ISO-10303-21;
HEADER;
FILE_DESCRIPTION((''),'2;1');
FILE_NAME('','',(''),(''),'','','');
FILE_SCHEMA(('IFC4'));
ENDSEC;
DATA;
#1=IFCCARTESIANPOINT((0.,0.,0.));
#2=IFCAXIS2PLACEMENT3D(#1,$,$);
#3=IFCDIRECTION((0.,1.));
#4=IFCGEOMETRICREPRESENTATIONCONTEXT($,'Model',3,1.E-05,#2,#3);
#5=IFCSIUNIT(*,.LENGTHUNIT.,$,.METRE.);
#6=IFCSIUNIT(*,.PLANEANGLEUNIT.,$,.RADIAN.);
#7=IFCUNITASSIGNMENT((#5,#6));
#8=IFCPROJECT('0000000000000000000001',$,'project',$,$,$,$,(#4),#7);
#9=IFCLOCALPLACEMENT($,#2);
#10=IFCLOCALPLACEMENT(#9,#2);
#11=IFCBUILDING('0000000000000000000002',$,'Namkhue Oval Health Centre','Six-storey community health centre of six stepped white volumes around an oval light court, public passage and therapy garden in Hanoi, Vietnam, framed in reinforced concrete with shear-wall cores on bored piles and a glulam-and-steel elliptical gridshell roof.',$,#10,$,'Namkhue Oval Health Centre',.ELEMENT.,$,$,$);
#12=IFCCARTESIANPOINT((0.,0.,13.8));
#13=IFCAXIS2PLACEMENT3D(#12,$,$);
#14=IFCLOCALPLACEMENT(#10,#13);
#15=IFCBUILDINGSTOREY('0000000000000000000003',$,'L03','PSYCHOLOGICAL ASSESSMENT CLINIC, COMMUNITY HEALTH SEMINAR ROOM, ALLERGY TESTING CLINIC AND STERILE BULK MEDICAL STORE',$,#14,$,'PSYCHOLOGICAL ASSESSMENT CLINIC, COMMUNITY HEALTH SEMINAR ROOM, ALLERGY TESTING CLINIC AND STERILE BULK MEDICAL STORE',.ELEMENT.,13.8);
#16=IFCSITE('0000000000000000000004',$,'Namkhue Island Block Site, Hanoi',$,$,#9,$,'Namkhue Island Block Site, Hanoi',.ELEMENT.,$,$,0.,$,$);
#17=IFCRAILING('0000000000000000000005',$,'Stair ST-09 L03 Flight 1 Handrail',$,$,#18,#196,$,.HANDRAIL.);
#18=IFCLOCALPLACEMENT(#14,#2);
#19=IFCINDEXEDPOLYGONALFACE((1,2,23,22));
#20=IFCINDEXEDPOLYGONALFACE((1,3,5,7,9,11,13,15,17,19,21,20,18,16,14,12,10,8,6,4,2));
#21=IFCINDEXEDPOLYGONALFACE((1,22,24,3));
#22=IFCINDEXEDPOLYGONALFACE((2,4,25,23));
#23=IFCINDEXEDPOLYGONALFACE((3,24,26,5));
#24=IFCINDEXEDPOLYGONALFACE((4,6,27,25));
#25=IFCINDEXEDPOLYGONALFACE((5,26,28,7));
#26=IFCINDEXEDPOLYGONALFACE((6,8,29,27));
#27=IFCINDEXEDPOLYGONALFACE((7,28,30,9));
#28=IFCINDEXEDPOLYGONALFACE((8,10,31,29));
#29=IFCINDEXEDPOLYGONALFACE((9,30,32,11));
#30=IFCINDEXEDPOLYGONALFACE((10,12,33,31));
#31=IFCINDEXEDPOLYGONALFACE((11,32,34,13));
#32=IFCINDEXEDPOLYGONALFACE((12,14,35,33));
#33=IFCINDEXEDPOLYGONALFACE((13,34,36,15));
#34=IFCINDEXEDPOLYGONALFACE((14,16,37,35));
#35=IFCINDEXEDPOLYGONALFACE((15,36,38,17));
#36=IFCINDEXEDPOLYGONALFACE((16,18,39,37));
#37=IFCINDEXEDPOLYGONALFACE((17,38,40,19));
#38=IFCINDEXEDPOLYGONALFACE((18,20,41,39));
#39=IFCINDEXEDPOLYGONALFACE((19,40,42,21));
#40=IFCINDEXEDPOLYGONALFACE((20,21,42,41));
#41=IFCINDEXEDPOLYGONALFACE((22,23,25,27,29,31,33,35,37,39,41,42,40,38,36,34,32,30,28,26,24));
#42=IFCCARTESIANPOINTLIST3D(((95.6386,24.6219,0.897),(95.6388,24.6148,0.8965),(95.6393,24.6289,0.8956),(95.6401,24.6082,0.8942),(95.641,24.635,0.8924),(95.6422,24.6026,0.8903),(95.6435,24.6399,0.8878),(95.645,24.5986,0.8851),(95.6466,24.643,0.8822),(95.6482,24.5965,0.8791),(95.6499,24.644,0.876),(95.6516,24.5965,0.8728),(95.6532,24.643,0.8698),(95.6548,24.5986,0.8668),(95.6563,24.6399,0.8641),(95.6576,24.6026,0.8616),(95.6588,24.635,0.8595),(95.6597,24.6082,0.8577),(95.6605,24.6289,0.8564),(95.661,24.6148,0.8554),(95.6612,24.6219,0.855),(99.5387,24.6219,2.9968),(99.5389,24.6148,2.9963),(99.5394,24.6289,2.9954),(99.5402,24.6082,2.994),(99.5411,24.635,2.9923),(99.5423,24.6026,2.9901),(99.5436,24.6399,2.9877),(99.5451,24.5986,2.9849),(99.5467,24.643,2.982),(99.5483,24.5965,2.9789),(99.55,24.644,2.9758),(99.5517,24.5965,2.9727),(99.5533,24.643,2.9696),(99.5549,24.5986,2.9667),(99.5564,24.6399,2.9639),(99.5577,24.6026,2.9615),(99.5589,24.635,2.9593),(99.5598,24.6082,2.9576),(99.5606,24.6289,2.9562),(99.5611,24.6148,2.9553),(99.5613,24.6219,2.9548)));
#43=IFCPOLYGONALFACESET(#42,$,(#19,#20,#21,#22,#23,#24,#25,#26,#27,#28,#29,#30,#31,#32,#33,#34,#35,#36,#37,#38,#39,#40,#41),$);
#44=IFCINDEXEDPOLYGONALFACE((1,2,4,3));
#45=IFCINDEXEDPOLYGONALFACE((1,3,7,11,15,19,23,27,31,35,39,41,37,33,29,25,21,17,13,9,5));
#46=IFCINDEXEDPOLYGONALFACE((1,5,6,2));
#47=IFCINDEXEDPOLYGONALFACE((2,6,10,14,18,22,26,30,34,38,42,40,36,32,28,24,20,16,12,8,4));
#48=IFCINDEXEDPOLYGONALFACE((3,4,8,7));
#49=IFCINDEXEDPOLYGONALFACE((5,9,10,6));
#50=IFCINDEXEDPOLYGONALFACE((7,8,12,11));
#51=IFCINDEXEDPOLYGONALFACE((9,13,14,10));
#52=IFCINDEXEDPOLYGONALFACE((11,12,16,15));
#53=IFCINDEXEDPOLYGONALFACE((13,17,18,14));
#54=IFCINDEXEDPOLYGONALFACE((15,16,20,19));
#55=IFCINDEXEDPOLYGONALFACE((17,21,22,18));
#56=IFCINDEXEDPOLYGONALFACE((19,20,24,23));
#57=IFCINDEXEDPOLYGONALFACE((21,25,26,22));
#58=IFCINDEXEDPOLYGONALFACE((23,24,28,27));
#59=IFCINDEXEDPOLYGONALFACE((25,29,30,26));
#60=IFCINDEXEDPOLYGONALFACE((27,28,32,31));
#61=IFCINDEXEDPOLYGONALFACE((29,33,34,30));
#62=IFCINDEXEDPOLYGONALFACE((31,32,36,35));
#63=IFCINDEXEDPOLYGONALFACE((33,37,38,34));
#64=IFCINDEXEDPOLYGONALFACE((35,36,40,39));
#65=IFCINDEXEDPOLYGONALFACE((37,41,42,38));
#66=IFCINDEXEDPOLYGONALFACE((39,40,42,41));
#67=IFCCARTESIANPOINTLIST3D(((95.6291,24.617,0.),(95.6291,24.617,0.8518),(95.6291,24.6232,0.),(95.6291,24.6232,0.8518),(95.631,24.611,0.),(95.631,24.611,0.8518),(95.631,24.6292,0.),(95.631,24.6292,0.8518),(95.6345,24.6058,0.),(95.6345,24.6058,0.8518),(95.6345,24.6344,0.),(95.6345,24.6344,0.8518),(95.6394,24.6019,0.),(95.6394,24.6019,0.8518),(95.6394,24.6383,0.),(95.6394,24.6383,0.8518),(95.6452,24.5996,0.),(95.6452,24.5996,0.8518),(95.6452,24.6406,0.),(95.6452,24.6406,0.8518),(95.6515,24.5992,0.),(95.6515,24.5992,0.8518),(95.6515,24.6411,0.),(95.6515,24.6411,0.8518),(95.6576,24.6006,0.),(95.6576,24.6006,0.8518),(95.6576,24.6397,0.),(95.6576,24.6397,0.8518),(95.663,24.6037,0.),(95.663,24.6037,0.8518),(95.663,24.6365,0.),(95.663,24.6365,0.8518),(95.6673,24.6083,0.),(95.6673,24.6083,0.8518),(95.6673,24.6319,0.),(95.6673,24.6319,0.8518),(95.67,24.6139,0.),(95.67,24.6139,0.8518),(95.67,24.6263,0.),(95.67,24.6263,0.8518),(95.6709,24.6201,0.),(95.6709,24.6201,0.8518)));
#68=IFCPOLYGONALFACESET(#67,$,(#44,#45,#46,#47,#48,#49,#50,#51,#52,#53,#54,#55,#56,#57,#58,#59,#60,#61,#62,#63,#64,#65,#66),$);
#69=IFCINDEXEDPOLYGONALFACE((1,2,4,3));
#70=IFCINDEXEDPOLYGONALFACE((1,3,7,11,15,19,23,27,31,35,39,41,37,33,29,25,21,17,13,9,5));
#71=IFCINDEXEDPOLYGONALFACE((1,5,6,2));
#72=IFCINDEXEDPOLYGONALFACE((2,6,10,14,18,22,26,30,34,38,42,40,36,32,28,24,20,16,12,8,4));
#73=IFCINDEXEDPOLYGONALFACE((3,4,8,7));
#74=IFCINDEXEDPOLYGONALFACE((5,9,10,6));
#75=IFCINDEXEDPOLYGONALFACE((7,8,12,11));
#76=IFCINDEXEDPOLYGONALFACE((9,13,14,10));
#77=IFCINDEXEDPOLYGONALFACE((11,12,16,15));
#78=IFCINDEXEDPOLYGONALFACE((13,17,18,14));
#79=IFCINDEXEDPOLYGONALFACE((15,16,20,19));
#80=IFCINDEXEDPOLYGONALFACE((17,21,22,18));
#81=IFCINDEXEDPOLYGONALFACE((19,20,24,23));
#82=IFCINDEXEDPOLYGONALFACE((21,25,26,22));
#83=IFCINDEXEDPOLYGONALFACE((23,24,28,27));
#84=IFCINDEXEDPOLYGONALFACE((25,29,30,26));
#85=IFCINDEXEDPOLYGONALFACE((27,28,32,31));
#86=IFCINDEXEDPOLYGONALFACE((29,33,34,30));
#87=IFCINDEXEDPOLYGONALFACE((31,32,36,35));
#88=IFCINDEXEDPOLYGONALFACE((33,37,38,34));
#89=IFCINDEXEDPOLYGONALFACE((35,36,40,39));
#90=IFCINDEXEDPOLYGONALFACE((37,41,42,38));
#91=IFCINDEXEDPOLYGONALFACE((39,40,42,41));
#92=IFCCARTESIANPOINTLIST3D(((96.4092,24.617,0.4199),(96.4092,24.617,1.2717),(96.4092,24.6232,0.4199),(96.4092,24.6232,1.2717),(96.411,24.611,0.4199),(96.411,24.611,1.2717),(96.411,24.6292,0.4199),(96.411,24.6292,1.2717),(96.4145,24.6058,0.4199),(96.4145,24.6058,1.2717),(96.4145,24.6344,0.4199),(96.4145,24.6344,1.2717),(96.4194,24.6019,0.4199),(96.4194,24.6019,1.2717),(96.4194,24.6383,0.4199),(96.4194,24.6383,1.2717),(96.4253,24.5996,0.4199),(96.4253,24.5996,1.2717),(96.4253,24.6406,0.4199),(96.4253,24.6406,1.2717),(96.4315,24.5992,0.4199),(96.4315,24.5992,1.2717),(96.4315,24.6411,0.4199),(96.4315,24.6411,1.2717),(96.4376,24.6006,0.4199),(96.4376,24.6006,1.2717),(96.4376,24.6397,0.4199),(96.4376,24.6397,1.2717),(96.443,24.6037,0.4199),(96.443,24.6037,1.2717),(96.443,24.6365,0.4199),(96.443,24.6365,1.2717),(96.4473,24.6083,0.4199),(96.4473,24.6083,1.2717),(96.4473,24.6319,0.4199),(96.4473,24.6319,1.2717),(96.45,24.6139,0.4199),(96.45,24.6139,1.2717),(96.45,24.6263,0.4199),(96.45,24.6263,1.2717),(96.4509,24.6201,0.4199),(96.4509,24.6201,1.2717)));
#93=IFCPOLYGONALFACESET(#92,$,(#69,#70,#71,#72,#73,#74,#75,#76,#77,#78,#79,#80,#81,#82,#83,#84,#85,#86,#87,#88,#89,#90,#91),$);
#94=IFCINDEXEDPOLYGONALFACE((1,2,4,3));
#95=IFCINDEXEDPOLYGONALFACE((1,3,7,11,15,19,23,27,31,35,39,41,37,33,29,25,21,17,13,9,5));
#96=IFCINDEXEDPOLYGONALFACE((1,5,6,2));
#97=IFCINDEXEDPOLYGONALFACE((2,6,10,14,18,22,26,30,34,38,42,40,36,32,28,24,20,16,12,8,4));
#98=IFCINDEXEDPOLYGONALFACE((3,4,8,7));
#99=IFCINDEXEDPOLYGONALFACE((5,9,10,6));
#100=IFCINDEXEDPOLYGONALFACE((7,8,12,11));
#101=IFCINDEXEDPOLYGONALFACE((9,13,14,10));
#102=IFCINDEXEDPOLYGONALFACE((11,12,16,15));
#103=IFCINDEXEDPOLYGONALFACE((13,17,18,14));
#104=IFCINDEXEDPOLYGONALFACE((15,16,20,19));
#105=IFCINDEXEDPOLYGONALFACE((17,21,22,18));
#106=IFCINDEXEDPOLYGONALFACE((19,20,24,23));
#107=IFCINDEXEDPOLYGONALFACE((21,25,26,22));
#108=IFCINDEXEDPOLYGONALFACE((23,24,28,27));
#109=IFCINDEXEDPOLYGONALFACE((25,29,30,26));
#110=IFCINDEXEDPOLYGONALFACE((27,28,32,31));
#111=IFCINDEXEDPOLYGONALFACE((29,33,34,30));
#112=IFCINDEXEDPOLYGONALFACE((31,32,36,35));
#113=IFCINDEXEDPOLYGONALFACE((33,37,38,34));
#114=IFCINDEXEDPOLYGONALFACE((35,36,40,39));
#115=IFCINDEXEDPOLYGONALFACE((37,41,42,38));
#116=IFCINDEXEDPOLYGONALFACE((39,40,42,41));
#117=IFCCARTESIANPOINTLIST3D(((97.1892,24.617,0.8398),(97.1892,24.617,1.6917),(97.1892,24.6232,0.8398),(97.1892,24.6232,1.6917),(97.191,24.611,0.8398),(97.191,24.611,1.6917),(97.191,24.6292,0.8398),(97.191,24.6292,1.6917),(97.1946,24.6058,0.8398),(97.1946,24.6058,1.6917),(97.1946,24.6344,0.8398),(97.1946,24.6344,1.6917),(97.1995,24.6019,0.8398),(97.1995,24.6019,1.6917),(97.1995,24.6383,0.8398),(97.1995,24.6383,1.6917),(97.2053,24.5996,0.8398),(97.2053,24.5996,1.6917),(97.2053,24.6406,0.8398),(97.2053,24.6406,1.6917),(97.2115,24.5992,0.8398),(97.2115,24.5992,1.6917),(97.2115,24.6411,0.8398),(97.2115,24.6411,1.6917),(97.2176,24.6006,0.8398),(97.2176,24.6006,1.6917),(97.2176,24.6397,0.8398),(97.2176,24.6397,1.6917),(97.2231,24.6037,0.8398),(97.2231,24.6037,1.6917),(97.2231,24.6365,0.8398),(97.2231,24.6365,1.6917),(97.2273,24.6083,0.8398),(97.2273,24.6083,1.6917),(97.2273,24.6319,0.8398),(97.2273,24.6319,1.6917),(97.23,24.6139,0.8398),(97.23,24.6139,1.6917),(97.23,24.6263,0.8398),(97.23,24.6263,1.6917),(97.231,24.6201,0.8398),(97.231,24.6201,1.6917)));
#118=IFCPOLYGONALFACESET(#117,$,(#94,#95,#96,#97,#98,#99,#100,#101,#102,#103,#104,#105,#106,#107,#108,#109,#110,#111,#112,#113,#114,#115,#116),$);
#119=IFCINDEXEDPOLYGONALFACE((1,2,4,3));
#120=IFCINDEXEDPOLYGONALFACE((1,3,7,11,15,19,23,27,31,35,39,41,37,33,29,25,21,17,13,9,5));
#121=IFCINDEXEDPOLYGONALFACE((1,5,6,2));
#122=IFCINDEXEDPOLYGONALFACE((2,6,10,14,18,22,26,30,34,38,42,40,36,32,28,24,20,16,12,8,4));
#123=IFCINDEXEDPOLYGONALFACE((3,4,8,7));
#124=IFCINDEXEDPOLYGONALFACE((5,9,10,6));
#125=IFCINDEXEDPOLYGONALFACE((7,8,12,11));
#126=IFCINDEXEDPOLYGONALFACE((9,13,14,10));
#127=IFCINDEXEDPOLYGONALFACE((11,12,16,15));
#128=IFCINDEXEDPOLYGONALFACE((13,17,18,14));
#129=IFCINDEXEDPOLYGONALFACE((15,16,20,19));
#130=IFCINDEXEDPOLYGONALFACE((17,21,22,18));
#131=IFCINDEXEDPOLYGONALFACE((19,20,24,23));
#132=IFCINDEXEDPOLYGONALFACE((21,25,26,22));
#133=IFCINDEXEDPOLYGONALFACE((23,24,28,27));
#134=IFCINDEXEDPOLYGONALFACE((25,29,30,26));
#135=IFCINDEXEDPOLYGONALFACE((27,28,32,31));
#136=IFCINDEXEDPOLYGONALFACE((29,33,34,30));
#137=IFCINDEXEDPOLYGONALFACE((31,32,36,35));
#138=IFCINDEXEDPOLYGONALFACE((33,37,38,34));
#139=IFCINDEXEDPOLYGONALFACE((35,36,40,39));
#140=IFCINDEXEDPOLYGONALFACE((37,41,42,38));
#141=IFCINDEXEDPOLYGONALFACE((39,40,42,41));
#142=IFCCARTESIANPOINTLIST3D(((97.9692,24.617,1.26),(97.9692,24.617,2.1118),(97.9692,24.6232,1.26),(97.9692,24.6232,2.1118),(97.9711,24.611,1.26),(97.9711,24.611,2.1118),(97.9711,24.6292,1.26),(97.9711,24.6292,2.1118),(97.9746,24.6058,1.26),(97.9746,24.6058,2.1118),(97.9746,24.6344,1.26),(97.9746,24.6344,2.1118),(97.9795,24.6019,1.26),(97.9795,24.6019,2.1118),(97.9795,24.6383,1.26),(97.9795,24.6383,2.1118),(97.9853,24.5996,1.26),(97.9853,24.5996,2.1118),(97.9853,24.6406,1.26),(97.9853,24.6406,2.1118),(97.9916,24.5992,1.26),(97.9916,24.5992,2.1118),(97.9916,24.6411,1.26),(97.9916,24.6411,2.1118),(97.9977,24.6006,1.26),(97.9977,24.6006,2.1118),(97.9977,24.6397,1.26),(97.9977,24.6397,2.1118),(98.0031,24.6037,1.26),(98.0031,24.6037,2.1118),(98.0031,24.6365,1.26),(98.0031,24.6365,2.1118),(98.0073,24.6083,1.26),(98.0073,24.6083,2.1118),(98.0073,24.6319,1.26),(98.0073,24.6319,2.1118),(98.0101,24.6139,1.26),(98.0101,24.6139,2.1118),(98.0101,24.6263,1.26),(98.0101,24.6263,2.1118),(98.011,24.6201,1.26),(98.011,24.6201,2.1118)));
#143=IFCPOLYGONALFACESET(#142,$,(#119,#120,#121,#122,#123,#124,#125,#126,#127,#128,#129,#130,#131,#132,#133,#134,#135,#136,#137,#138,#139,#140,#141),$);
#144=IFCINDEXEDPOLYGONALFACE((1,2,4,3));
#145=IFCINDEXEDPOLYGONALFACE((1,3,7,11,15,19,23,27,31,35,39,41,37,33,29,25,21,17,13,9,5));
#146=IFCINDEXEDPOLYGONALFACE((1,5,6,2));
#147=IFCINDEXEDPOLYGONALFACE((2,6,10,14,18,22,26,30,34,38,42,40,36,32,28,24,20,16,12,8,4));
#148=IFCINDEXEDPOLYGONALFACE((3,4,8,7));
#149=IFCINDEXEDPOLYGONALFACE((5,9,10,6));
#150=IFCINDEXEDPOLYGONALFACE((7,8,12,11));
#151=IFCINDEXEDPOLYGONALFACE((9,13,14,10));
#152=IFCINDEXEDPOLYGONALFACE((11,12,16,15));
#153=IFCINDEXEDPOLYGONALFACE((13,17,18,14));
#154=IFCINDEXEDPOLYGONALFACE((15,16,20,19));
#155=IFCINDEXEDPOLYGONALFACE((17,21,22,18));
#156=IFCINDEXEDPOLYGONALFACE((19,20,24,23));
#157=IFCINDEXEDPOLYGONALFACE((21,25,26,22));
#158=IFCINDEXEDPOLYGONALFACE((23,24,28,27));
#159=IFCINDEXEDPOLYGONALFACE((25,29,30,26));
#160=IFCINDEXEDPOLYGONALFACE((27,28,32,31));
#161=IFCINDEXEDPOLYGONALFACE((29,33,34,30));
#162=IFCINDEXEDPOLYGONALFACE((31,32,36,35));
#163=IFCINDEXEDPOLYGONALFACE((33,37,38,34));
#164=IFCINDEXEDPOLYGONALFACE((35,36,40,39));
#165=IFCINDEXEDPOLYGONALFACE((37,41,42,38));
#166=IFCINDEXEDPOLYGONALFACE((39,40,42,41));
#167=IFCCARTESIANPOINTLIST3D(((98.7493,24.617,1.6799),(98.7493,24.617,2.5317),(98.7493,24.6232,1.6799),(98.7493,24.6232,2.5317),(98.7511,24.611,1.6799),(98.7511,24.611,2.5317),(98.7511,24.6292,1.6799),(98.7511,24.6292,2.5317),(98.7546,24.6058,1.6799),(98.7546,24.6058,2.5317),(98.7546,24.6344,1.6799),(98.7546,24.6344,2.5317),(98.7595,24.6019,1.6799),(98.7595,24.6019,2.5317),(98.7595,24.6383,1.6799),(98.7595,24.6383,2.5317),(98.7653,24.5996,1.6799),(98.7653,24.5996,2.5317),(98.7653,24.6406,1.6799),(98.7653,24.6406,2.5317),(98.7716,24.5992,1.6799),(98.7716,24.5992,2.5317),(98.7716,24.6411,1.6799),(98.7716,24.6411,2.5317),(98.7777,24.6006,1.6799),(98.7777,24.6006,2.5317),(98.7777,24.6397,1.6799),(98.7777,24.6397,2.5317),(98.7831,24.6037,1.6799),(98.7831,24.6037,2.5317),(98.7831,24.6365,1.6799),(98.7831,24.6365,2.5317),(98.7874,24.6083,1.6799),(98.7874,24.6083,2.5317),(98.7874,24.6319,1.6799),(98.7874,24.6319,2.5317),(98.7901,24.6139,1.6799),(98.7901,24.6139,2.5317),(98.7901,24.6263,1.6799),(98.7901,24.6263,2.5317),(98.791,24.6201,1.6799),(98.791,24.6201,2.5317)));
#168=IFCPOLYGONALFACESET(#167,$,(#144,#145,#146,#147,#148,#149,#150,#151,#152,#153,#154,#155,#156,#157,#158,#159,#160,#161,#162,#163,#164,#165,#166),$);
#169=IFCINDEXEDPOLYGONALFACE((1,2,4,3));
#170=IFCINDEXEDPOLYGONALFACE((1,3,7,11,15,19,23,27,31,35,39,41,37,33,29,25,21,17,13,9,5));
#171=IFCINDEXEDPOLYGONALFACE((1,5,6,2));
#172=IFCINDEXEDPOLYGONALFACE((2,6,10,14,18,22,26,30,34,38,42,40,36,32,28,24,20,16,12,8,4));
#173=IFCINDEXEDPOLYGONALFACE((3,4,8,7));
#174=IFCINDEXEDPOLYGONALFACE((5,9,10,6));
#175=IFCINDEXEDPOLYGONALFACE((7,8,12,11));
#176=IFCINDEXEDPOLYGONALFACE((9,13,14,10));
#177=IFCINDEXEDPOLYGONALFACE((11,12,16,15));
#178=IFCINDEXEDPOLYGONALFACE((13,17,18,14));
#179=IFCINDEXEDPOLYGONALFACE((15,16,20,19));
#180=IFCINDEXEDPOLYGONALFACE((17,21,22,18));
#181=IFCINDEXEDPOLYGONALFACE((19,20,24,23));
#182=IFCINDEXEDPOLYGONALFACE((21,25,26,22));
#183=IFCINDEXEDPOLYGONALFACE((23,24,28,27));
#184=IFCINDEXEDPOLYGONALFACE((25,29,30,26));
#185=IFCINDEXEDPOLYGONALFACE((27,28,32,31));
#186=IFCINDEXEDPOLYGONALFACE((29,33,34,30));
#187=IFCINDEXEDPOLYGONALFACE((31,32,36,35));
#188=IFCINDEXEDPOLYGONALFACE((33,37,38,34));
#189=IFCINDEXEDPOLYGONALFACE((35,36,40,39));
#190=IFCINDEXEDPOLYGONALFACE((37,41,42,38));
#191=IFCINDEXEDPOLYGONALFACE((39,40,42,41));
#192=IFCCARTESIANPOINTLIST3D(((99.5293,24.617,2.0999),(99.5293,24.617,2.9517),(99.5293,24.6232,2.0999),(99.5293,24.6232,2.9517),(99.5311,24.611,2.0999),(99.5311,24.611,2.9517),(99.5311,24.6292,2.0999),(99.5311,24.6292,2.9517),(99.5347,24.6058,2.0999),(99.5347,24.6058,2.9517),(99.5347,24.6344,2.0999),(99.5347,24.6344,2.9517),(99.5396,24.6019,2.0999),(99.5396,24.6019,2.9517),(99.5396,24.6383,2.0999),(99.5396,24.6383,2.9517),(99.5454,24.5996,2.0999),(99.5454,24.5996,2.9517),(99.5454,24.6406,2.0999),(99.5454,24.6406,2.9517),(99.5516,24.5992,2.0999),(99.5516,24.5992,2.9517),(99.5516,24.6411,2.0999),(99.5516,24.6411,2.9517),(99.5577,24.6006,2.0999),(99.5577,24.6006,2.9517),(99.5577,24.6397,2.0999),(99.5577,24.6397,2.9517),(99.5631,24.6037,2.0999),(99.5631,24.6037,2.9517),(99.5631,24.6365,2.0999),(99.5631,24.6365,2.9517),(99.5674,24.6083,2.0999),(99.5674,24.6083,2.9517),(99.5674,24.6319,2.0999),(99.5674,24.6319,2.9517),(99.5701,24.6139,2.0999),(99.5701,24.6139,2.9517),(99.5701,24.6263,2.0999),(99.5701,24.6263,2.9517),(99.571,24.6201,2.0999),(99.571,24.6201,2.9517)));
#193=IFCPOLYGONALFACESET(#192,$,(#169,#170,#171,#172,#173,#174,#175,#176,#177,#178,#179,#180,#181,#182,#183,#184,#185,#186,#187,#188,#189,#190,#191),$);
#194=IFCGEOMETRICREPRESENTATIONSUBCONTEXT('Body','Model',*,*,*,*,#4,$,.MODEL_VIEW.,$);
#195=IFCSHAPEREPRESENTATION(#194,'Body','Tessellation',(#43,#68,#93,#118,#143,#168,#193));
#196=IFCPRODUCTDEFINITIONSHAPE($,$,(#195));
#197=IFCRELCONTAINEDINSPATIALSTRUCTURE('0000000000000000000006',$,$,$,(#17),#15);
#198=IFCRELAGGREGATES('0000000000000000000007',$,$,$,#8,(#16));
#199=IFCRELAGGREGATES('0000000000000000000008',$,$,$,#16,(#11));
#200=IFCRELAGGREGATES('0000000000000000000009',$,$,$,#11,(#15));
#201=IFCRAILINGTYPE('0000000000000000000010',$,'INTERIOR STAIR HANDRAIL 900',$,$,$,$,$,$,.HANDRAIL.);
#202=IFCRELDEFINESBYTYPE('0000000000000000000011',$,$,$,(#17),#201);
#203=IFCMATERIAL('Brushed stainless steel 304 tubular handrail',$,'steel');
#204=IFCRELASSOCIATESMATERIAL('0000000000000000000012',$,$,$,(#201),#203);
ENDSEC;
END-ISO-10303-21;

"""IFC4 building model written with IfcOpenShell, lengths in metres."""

from ifc_helpers import new_model, si_unit, direction, frame, origin, origin_2d, place, context, subcontext, project, spatial, circle, extrude, material, type_object, element, save


model = new_model("IFC4")

# Units and contexts
model_context = context("Model", 3, precision=1e-05, world=origin(), true_north=direction((0.0, 1.0)))
body_context = subcontext(model_context, "Body", "Model", "MODEL_VIEW")
ifc_project = project(units=[si_unit("LENGTHUNIT", "METRE"), si_unit("PLANEANGLEUNIT", "RADIAN")], contexts=[model_context])

# Site, building, storey
site_placement = place(None, origin())
site = spatial("IfcSite", under=ifc_project, at=site_placement, Name="Namkhue Island Block Site, Hanoi", LongName="Namkhue Island Block Site, Hanoi", CompositionType="ELEMENT", RefElevation=0.0)
building_placement = place(site_placement, origin())
building = spatial("IfcBuilding", under=site, at=building_placement, Name="Namkhue Oval Health Centre", Description="Six-storey community health centre of six stepped white volumes around an oval light court, public passage and therapy garden in Hanoi, Vietnam, framed in reinforced concrete with shear-wall cores on bored piles and a glulam-and-steel elliptical gridshell roof.", LongName="Namkhue Oval Health Centre", CompositionType="ELEMENT")
storey_placement = place(building_placement, frame((0.0, 0.0, 13.8)))
storey = spatial("IfcBuildingStorey", under=building, at=storey_placement, Name="L03", Description="PSYCHOLOGICAL ASSESSMENT CLINIC, COMMUNITY HEALTH SEMINAR ROOM, ALLERGY TESTING CLINIC AND STERILE BULK MEDICAL STORE", LongName="PSYCHOLOGICAL ASSESSMENT CLINIC, COMMUNITY HEALTH SEMINAR ROOM, ALLERGY TESTING CLINIC AND STERILE BULK MEDICAL STORE", CompositionType="ELEMENT", Elevation=13.8)

# Railing
ifc_material_1 = material(Name="Brushed stainless steel 304 tubular handrail", Category="steel")
railing_type_1 = type_object("IfcRailingType", Name="INTERIOR STAIR HANDRAIL 900", PredefinedType="HANDRAIL", material=ifc_material_1)
railing_1_placement = place(storey_placement, frame((95.6499, 24.6201, 0.0)))
element("IfcRailing", 1, at=railing_1_placement, inside=storey, type_object=railing_type_1, Name="Stair ST-09 L03 Flight 1 Handrail", PredefinedType="HANDRAIL", context=body_context, shape_type="SweptSolid", body=[
    extrude(circle(Radius=0.0239, at=origin_2d()), frame((0.0, 0.0, 0.876), z_axis=(0.880492, 0.0, 0.47406), x_axis=(0.0, 1.0, 0.0)), (0.0, 0.0, 1.0), 4.4294),
    extrude(circle(Radius=0.021, at=origin_2d()), origin(), (0.0, 0.0, 1.0), 0.8518),
    extrude(circle(Radius=0.021, at=origin_2d()), frame((0.78, 0.0, 0.4199)), (0.0, 0.0, 1.0), 0.8518),
    extrude(circle(Radius=0.021, at=origin_2d()), frame((1.5601, 0.0, 0.8398)), (0.0, 0.0, 1.0), 0.8518),
    extrude(circle(Radius=0.021, at=origin_2d()), frame((2.3401, 0.0, 1.26)), (0.0, 0.0, 1.0), 0.8518),
    extrude(circle(Radius=0.021, at=origin_2d()), frame((3.1201, 0.0, 1.6799)), (0.0, 0.0, 1.0), 0.8518),
    extrude(circle(Radius=0.021, at=origin_2d()), frame((3.9001, 0.0, 2.0999)), (0.0, 0.0, 1.0), 0.8518),
])

save(model, "model.ifc")
